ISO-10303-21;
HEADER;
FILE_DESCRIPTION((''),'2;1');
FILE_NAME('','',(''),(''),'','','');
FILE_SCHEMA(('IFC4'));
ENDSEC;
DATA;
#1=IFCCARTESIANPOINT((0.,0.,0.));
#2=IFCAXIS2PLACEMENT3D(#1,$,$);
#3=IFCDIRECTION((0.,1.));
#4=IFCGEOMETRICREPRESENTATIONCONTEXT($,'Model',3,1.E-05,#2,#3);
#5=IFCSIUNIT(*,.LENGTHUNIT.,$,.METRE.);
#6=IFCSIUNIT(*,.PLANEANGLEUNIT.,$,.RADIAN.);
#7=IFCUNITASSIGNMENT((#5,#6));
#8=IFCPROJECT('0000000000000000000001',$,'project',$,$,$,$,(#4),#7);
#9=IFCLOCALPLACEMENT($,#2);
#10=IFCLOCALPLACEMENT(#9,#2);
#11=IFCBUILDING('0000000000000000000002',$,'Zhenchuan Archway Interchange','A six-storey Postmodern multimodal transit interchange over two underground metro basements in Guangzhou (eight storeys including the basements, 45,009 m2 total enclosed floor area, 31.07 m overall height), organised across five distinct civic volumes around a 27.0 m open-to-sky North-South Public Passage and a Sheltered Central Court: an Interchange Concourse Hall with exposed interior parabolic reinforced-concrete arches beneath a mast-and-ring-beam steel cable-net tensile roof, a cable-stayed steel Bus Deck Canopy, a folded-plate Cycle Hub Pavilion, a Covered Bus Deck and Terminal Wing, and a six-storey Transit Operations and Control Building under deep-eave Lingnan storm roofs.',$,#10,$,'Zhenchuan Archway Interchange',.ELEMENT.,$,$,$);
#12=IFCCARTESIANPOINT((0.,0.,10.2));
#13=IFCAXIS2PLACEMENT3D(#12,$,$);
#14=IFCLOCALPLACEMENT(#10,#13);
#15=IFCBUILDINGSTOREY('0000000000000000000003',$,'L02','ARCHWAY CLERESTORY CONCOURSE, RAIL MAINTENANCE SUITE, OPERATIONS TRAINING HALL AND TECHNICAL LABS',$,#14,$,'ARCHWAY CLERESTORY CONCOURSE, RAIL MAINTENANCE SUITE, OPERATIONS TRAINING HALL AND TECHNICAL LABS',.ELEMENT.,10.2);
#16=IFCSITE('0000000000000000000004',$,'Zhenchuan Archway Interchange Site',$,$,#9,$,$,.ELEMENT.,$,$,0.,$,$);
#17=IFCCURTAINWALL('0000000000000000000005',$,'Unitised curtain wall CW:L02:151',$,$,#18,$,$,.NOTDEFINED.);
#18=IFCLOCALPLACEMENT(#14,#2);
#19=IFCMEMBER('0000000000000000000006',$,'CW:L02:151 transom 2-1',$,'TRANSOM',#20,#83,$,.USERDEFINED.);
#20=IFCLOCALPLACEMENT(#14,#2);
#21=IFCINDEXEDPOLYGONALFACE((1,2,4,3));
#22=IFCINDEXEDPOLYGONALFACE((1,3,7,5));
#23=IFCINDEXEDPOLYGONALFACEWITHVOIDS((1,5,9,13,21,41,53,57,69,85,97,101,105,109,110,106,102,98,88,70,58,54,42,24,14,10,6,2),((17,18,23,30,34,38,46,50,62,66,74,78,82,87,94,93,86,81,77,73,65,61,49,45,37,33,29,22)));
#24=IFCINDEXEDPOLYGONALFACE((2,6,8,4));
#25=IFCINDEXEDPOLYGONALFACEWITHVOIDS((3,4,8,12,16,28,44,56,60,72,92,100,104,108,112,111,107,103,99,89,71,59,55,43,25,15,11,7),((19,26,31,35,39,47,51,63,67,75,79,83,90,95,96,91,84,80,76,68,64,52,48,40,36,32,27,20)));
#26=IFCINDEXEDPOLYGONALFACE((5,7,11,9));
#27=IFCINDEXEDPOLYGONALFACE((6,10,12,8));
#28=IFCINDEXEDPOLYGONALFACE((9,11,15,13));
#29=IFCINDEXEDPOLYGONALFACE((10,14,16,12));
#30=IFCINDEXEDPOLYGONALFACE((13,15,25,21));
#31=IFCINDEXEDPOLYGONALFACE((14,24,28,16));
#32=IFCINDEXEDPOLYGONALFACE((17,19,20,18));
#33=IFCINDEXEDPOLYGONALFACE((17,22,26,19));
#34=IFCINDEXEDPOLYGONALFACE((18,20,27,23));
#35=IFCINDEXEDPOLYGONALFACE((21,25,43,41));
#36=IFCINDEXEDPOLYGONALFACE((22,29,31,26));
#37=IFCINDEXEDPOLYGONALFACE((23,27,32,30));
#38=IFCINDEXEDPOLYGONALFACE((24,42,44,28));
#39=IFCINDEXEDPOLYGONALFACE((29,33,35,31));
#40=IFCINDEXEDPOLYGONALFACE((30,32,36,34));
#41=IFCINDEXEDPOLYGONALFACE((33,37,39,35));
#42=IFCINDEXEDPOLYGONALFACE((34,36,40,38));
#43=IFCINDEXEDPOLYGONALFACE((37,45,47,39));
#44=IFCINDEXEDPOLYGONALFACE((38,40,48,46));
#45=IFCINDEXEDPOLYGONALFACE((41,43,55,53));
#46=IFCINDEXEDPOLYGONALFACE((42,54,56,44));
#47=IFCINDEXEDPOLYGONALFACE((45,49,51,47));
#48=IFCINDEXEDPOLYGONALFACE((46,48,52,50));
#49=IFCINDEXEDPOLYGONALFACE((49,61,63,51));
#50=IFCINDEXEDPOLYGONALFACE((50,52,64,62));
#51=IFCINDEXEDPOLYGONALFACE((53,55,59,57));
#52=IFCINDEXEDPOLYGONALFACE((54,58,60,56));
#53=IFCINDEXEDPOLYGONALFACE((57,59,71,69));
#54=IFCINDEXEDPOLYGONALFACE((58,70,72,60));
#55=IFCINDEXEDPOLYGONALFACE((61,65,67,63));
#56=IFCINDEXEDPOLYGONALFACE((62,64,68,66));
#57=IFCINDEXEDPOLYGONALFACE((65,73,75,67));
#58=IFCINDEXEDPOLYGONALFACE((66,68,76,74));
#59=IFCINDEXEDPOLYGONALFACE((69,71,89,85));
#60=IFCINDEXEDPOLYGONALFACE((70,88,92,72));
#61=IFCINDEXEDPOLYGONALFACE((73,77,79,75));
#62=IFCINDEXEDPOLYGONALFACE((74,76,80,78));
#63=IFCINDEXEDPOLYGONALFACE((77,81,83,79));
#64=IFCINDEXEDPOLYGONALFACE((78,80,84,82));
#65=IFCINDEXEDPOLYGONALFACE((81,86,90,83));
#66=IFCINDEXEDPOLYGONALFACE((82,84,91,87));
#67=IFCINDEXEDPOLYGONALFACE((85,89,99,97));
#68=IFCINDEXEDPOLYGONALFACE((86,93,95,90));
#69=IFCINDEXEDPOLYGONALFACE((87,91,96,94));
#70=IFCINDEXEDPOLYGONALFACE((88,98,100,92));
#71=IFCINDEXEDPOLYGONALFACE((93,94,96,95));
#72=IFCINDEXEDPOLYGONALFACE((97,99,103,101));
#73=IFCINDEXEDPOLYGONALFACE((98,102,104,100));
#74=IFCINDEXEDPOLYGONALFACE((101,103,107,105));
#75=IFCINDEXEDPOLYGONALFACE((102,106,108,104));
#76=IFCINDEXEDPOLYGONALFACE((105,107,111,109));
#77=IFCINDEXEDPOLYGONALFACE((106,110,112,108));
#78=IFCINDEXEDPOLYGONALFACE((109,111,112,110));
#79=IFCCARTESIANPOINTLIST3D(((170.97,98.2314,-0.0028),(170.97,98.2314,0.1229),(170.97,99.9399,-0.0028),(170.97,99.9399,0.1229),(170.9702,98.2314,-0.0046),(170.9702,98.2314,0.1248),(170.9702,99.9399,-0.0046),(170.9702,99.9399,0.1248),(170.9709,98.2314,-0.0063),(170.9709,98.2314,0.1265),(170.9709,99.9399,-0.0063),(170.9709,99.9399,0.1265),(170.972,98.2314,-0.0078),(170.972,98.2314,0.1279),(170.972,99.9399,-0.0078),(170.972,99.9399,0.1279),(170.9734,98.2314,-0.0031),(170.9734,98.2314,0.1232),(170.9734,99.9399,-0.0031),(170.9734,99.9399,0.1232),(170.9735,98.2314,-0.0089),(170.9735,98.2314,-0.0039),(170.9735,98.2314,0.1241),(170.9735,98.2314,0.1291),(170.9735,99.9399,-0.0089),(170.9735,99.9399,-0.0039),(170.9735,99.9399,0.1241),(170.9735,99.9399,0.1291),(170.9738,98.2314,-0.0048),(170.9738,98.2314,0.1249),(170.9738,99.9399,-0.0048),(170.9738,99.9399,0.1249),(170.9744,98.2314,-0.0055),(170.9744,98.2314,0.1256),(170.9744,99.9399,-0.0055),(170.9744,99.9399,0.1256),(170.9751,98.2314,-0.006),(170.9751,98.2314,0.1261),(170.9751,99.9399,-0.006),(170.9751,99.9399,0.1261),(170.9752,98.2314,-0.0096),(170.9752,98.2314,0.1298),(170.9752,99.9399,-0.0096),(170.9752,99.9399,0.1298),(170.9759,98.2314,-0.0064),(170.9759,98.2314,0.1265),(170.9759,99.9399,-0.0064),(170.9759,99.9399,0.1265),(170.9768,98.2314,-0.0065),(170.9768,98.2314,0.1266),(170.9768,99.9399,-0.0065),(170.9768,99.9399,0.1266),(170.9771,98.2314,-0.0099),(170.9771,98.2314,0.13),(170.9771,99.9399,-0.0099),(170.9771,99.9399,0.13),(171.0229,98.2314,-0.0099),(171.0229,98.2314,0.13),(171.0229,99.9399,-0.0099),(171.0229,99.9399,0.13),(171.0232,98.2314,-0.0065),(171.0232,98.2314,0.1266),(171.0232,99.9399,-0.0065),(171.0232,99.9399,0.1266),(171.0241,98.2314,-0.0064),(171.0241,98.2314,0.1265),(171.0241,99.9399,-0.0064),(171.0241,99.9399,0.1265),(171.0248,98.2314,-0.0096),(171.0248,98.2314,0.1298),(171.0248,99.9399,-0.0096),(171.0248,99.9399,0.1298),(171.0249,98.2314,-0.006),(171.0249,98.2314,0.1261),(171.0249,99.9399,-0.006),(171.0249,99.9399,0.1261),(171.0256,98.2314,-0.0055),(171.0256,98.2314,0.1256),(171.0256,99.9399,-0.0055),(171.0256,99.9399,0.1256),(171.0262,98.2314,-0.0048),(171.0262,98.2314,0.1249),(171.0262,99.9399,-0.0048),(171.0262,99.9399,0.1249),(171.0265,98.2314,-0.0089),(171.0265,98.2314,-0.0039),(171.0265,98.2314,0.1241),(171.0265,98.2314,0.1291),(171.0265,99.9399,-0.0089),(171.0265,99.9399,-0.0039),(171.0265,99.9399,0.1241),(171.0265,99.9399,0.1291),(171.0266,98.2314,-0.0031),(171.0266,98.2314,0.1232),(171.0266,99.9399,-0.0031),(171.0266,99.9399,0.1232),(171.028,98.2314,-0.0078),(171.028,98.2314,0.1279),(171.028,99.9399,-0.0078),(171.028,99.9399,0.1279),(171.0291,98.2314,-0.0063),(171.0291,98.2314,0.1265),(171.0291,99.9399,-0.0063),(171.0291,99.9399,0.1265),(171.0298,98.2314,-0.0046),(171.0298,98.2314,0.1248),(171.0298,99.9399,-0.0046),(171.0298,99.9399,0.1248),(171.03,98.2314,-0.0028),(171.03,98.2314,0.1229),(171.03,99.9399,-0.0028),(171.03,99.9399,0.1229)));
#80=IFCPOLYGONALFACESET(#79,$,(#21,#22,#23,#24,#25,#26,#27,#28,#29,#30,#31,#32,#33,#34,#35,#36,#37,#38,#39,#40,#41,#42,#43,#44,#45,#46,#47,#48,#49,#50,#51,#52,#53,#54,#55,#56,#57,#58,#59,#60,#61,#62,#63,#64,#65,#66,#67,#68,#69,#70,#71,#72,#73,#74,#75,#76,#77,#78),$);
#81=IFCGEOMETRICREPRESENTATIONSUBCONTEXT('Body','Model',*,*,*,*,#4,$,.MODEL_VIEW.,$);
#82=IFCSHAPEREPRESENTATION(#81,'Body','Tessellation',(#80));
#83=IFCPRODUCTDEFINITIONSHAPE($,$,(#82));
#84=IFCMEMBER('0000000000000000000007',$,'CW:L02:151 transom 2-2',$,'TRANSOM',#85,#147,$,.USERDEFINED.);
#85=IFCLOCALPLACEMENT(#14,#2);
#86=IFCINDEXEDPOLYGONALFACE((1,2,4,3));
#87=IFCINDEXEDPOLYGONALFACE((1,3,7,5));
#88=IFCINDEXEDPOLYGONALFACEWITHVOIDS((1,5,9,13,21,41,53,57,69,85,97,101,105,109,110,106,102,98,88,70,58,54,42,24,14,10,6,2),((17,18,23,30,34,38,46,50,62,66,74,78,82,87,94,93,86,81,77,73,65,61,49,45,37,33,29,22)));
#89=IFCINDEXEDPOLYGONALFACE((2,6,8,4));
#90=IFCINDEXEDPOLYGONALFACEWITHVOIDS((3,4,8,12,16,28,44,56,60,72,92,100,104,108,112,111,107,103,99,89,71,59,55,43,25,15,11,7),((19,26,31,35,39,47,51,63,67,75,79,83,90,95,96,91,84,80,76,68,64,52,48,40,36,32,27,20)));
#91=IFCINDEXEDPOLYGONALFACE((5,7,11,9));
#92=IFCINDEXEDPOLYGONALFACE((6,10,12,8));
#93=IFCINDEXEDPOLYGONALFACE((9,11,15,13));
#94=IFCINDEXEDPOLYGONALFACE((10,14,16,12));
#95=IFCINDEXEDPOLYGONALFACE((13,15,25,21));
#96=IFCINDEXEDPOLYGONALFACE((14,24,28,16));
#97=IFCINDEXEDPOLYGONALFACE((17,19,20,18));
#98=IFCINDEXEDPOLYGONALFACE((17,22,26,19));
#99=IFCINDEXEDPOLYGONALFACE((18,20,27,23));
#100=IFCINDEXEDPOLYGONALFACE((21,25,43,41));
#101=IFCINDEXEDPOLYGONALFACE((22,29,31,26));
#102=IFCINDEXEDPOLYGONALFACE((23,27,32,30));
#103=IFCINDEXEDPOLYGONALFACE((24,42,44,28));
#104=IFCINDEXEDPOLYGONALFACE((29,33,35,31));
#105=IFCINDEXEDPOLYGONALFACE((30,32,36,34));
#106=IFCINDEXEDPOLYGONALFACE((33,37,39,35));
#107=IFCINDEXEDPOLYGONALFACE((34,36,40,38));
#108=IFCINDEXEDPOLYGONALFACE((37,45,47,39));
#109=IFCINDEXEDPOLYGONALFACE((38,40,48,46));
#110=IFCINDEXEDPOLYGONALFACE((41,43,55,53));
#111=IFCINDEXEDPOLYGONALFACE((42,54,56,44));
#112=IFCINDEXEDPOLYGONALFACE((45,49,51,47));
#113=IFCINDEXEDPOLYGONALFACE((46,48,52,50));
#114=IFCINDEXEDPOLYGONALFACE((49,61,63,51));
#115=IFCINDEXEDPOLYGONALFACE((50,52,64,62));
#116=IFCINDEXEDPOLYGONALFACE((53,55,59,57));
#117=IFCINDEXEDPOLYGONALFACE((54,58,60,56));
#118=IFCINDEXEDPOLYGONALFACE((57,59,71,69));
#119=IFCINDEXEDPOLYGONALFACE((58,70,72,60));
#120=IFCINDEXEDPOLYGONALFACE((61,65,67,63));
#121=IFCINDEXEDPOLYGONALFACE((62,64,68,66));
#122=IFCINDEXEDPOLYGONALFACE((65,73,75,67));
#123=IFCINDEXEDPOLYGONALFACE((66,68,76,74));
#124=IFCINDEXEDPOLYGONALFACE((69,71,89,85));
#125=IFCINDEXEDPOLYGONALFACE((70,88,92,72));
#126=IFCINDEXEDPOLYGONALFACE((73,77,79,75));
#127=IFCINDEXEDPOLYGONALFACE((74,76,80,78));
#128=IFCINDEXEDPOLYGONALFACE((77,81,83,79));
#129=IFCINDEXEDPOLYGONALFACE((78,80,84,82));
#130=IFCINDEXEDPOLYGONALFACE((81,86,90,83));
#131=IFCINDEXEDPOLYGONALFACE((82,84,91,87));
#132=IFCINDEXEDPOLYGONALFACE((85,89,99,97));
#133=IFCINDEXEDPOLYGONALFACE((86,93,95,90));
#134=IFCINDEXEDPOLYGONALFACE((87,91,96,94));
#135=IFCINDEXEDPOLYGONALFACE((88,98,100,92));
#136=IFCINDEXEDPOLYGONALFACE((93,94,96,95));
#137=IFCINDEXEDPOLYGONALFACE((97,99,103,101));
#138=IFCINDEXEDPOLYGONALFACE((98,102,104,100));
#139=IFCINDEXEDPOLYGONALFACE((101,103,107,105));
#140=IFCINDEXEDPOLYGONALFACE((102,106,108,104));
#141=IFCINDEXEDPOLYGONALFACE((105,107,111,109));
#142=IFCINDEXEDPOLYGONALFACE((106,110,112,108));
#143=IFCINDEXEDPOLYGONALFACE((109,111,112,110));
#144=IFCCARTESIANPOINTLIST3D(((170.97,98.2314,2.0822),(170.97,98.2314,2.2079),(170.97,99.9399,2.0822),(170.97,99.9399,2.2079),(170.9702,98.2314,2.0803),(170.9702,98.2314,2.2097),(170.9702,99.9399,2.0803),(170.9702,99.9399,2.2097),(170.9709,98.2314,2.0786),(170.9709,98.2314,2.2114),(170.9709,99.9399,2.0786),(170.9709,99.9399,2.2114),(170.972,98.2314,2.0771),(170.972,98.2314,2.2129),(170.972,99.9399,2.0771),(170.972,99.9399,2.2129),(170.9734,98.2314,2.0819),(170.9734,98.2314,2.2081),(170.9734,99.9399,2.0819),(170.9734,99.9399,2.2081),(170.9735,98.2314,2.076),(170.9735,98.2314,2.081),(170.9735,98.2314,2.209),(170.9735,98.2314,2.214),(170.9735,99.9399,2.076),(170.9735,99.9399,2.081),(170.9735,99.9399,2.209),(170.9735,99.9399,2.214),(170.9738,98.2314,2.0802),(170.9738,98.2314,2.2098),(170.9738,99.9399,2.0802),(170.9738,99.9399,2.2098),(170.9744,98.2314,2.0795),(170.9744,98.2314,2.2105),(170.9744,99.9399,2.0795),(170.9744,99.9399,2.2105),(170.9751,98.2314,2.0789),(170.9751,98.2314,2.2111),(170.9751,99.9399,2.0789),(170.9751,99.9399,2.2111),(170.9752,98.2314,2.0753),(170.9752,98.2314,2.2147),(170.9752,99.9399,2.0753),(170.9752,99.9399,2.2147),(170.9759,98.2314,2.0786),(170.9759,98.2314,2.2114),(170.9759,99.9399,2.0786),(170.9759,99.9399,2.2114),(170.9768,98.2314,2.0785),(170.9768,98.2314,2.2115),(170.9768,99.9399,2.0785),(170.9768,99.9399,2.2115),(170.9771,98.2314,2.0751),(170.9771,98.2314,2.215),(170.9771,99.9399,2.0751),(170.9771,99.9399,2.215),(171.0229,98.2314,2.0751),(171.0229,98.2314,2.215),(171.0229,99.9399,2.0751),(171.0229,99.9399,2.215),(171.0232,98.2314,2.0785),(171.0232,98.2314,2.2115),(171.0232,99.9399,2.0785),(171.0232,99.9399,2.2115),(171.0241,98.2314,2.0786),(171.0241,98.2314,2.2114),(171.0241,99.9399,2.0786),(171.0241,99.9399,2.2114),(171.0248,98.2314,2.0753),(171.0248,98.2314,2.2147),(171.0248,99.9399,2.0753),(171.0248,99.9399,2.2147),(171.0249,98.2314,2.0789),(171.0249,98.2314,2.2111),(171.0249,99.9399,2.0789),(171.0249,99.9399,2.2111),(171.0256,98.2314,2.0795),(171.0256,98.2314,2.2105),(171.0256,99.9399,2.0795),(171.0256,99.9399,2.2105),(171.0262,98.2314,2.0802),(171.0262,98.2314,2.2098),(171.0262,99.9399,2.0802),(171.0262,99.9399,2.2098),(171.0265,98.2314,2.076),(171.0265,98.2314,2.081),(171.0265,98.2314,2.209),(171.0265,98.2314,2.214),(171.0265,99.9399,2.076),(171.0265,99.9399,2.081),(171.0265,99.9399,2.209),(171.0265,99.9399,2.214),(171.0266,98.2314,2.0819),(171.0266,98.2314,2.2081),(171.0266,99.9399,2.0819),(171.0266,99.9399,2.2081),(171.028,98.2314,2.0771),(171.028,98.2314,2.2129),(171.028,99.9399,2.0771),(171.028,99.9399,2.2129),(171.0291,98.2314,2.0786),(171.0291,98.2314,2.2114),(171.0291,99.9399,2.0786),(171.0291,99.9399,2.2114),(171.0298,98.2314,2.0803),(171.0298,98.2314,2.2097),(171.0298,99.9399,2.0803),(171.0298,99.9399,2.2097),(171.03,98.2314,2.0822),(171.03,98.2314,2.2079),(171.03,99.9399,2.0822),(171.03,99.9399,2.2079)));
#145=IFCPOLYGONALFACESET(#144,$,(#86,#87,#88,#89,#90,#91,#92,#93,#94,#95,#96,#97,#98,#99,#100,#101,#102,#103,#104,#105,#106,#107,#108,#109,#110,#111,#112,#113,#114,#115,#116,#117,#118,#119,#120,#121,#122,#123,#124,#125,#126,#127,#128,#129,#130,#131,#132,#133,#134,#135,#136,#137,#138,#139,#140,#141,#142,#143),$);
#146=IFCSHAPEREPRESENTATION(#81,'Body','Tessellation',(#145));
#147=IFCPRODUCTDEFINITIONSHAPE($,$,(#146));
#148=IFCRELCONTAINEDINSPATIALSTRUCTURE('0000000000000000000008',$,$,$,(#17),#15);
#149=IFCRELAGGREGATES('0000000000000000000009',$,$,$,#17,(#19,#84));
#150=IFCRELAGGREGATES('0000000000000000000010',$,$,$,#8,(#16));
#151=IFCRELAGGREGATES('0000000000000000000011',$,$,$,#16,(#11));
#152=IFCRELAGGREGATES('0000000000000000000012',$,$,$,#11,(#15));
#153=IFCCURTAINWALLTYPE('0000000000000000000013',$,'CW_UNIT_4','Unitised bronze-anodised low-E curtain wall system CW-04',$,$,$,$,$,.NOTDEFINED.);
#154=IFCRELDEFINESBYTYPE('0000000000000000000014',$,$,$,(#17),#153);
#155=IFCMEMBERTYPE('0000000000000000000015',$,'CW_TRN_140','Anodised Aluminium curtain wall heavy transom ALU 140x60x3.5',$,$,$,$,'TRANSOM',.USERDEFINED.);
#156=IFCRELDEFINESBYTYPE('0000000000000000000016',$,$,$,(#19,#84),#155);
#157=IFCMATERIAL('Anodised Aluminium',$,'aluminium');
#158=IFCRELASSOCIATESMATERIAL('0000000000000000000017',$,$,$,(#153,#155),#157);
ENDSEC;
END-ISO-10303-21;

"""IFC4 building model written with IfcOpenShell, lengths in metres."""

from ifc_helpers import new_model, si_unit, direction, frame, origin, origin_2d, place, context, subcontext, project, spatial, hollow_rectangle, extrude, material, material_profile, profile_set, type_object, element, aggregate, save


model = new_model("IFC4")

# Units and contexts
model_context = context("Model", 3, precision=1e-05, world=origin(), true_north=direction((0.0, 1.0)))
body_context = subcontext(model_context, "Body", "Model", "MODEL_VIEW")
ifc_project = project(units=[si_unit("LENGTHUNIT", "METRE"), si_unit("PLANEANGLEUNIT", "RADIAN")], contexts=[model_context])

# Site, building, storey
site_placement = place(None, origin())
site = spatial("IfcSite", under=ifc_project, at=site_placement, Name="Zhenchuan Archway Interchange Site", CompositionType="ELEMENT", RefElevation=0.0)
building_placement = place(site_placement, origin())
building = spatial("IfcBuilding", under=site, at=building_placement, Name="Zhenchuan Archway Interchange", Description="A six-storey Postmodern multimodal transit interchange over two underground metro basements in Guangzhou (eight storeys including the basements, 45,009 m2 total enclosed floor area, 31.07 m overall height), organised across five distinct civic volumes around a 27.0 m open-to-sky North-South Public Passage and a Sheltered Central Court: an Interchange Concourse Hall with exposed interior parabolic reinforced-concrete arches beneath a mast-and-ring-beam steel cable-net tensile roof, a cable-stayed steel Bus Deck Canopy, a folded-plate Cycle Hub Pavilion, a Covered Bus Deck and Terminal Wing, and a six-storey Transit Operations and Control Building under deep-eave Lingnan storm roofs.", LongName="Zhenchuan Archway Interchange", CompositionType="ELEMENT")
storey_placement = place(building_placement, frame((0.0, 0.0, 10.2)))
storey = spatial("IfcBuildingStorey", under=building, at=storey_placement, Name="L02", Description="ARCHWAY CLERESTORY CONCOURSE, RAIL MAINTENANCE SUITE, OPERATIONS TRAINING HALL AND TECHNICAL LABS", LongName="ARCHWAY CLERESTORY CONCOURSE, RAIL MAINTENANCE SUITE, OPERATIONS TRAINING HALL AND TECHNICAL LABS", CompositionType="ELEMENT", Elevation=10.2)

# Curtain wall, members
ifc_material_1 = material(Name="Anodised Aluminium", Category="aluminium")
curtain_wall_type = type_object("IfcCurtainWallType", Name="CW_UNIT_4", Description="Unitised bronze-anodised low-E curtain wall system CW-04", PredefinedType="NOTDEFINED", material=ifc_material_1)
curtain_wall_placement = place(storey_placement, origin())
curtain_wall = element("IfcCurtainWall", 1, at=curtain_wall_placement, inside=storey, type_object=curtain_wall_type, Name="Unitised curtain wall CW:L02:151", PredefinedType="NOTDEFINED")
ifc_material_profile_1 = material_profile(ifc_material_1, hollow_rectangle(XDim=0.0601, YDim=0.1399, WallThickness=0.0034, InnerFilletRadius=0.0034, OuterFilletRadius=0.0071, at=origin_2d()), Name="ALU 140x60x3.5")
ifc_profile_set_1 = profile_set([ifc_material_profile_1], Name="Anodised Aluminium")
member_type_1 = type_object("IfcMemberType", Name="CW_TRN_140", Description="Anodised Aluminium curtain wall heavy transom ALU 140x60x3.5", ElementType="TRANSOM", PredefinedType="USERDEFINED", material=ifc_profile_set_1)
member_1_placement = place(storey_placement, frame((171.0, 99.9399, 0.0601), z_axis=(0.0, -1.0, 0.0), x_axis=(1.0, 0.0, 0.0)))
member_1 = element("IfcMember", 2, at=member_1_placement, type_object=member_type_1, Name="CW:L02:151 transom 2-1", ObjectType="TRANSOM", PredefinedType="USERDEFINED", context=body_context, shape_type="SweptSolid", body=[
    extrude(hollow_rectangle(XDim=0.0601, YDim=0.1399, WallThickness=0.0034, InnerFilletRadius=0.0034, OuterFilletRadius=0.0071, at=origin_2d()), origin(), (0.0, 0.0, 1.0), 1.7085),
])
member_2_placement = place(storey_placement, frame((171.0, 99.9399, 2.145), z_axis=(0.0, -1.0, 0.0), x_axis=(1.0, 0.0, 0.0)))
member_2 = element("IfcMember", 3, at=member_2_placement, type_object=member_type_1, Name="CW:L02:151 transom 2-2", ObjectType="TRANSOM", PredefinedType="USERDEFINED", context=body_context, shape_type="SweptSolid", body=[
    extrude(hollow_rectangle(XDim=0.0601, YDim=0.1399, WallThickness=0.0034, InnerFilletRadius=0.0034, OuterFilletRadius=0.0071, at=origin_2d()), origin(), (0.0, 0.0, 1.0), 1.7085),
])
aggregate(curtain_wall, [member_1, member_2])

save(model, "model.ifc")
